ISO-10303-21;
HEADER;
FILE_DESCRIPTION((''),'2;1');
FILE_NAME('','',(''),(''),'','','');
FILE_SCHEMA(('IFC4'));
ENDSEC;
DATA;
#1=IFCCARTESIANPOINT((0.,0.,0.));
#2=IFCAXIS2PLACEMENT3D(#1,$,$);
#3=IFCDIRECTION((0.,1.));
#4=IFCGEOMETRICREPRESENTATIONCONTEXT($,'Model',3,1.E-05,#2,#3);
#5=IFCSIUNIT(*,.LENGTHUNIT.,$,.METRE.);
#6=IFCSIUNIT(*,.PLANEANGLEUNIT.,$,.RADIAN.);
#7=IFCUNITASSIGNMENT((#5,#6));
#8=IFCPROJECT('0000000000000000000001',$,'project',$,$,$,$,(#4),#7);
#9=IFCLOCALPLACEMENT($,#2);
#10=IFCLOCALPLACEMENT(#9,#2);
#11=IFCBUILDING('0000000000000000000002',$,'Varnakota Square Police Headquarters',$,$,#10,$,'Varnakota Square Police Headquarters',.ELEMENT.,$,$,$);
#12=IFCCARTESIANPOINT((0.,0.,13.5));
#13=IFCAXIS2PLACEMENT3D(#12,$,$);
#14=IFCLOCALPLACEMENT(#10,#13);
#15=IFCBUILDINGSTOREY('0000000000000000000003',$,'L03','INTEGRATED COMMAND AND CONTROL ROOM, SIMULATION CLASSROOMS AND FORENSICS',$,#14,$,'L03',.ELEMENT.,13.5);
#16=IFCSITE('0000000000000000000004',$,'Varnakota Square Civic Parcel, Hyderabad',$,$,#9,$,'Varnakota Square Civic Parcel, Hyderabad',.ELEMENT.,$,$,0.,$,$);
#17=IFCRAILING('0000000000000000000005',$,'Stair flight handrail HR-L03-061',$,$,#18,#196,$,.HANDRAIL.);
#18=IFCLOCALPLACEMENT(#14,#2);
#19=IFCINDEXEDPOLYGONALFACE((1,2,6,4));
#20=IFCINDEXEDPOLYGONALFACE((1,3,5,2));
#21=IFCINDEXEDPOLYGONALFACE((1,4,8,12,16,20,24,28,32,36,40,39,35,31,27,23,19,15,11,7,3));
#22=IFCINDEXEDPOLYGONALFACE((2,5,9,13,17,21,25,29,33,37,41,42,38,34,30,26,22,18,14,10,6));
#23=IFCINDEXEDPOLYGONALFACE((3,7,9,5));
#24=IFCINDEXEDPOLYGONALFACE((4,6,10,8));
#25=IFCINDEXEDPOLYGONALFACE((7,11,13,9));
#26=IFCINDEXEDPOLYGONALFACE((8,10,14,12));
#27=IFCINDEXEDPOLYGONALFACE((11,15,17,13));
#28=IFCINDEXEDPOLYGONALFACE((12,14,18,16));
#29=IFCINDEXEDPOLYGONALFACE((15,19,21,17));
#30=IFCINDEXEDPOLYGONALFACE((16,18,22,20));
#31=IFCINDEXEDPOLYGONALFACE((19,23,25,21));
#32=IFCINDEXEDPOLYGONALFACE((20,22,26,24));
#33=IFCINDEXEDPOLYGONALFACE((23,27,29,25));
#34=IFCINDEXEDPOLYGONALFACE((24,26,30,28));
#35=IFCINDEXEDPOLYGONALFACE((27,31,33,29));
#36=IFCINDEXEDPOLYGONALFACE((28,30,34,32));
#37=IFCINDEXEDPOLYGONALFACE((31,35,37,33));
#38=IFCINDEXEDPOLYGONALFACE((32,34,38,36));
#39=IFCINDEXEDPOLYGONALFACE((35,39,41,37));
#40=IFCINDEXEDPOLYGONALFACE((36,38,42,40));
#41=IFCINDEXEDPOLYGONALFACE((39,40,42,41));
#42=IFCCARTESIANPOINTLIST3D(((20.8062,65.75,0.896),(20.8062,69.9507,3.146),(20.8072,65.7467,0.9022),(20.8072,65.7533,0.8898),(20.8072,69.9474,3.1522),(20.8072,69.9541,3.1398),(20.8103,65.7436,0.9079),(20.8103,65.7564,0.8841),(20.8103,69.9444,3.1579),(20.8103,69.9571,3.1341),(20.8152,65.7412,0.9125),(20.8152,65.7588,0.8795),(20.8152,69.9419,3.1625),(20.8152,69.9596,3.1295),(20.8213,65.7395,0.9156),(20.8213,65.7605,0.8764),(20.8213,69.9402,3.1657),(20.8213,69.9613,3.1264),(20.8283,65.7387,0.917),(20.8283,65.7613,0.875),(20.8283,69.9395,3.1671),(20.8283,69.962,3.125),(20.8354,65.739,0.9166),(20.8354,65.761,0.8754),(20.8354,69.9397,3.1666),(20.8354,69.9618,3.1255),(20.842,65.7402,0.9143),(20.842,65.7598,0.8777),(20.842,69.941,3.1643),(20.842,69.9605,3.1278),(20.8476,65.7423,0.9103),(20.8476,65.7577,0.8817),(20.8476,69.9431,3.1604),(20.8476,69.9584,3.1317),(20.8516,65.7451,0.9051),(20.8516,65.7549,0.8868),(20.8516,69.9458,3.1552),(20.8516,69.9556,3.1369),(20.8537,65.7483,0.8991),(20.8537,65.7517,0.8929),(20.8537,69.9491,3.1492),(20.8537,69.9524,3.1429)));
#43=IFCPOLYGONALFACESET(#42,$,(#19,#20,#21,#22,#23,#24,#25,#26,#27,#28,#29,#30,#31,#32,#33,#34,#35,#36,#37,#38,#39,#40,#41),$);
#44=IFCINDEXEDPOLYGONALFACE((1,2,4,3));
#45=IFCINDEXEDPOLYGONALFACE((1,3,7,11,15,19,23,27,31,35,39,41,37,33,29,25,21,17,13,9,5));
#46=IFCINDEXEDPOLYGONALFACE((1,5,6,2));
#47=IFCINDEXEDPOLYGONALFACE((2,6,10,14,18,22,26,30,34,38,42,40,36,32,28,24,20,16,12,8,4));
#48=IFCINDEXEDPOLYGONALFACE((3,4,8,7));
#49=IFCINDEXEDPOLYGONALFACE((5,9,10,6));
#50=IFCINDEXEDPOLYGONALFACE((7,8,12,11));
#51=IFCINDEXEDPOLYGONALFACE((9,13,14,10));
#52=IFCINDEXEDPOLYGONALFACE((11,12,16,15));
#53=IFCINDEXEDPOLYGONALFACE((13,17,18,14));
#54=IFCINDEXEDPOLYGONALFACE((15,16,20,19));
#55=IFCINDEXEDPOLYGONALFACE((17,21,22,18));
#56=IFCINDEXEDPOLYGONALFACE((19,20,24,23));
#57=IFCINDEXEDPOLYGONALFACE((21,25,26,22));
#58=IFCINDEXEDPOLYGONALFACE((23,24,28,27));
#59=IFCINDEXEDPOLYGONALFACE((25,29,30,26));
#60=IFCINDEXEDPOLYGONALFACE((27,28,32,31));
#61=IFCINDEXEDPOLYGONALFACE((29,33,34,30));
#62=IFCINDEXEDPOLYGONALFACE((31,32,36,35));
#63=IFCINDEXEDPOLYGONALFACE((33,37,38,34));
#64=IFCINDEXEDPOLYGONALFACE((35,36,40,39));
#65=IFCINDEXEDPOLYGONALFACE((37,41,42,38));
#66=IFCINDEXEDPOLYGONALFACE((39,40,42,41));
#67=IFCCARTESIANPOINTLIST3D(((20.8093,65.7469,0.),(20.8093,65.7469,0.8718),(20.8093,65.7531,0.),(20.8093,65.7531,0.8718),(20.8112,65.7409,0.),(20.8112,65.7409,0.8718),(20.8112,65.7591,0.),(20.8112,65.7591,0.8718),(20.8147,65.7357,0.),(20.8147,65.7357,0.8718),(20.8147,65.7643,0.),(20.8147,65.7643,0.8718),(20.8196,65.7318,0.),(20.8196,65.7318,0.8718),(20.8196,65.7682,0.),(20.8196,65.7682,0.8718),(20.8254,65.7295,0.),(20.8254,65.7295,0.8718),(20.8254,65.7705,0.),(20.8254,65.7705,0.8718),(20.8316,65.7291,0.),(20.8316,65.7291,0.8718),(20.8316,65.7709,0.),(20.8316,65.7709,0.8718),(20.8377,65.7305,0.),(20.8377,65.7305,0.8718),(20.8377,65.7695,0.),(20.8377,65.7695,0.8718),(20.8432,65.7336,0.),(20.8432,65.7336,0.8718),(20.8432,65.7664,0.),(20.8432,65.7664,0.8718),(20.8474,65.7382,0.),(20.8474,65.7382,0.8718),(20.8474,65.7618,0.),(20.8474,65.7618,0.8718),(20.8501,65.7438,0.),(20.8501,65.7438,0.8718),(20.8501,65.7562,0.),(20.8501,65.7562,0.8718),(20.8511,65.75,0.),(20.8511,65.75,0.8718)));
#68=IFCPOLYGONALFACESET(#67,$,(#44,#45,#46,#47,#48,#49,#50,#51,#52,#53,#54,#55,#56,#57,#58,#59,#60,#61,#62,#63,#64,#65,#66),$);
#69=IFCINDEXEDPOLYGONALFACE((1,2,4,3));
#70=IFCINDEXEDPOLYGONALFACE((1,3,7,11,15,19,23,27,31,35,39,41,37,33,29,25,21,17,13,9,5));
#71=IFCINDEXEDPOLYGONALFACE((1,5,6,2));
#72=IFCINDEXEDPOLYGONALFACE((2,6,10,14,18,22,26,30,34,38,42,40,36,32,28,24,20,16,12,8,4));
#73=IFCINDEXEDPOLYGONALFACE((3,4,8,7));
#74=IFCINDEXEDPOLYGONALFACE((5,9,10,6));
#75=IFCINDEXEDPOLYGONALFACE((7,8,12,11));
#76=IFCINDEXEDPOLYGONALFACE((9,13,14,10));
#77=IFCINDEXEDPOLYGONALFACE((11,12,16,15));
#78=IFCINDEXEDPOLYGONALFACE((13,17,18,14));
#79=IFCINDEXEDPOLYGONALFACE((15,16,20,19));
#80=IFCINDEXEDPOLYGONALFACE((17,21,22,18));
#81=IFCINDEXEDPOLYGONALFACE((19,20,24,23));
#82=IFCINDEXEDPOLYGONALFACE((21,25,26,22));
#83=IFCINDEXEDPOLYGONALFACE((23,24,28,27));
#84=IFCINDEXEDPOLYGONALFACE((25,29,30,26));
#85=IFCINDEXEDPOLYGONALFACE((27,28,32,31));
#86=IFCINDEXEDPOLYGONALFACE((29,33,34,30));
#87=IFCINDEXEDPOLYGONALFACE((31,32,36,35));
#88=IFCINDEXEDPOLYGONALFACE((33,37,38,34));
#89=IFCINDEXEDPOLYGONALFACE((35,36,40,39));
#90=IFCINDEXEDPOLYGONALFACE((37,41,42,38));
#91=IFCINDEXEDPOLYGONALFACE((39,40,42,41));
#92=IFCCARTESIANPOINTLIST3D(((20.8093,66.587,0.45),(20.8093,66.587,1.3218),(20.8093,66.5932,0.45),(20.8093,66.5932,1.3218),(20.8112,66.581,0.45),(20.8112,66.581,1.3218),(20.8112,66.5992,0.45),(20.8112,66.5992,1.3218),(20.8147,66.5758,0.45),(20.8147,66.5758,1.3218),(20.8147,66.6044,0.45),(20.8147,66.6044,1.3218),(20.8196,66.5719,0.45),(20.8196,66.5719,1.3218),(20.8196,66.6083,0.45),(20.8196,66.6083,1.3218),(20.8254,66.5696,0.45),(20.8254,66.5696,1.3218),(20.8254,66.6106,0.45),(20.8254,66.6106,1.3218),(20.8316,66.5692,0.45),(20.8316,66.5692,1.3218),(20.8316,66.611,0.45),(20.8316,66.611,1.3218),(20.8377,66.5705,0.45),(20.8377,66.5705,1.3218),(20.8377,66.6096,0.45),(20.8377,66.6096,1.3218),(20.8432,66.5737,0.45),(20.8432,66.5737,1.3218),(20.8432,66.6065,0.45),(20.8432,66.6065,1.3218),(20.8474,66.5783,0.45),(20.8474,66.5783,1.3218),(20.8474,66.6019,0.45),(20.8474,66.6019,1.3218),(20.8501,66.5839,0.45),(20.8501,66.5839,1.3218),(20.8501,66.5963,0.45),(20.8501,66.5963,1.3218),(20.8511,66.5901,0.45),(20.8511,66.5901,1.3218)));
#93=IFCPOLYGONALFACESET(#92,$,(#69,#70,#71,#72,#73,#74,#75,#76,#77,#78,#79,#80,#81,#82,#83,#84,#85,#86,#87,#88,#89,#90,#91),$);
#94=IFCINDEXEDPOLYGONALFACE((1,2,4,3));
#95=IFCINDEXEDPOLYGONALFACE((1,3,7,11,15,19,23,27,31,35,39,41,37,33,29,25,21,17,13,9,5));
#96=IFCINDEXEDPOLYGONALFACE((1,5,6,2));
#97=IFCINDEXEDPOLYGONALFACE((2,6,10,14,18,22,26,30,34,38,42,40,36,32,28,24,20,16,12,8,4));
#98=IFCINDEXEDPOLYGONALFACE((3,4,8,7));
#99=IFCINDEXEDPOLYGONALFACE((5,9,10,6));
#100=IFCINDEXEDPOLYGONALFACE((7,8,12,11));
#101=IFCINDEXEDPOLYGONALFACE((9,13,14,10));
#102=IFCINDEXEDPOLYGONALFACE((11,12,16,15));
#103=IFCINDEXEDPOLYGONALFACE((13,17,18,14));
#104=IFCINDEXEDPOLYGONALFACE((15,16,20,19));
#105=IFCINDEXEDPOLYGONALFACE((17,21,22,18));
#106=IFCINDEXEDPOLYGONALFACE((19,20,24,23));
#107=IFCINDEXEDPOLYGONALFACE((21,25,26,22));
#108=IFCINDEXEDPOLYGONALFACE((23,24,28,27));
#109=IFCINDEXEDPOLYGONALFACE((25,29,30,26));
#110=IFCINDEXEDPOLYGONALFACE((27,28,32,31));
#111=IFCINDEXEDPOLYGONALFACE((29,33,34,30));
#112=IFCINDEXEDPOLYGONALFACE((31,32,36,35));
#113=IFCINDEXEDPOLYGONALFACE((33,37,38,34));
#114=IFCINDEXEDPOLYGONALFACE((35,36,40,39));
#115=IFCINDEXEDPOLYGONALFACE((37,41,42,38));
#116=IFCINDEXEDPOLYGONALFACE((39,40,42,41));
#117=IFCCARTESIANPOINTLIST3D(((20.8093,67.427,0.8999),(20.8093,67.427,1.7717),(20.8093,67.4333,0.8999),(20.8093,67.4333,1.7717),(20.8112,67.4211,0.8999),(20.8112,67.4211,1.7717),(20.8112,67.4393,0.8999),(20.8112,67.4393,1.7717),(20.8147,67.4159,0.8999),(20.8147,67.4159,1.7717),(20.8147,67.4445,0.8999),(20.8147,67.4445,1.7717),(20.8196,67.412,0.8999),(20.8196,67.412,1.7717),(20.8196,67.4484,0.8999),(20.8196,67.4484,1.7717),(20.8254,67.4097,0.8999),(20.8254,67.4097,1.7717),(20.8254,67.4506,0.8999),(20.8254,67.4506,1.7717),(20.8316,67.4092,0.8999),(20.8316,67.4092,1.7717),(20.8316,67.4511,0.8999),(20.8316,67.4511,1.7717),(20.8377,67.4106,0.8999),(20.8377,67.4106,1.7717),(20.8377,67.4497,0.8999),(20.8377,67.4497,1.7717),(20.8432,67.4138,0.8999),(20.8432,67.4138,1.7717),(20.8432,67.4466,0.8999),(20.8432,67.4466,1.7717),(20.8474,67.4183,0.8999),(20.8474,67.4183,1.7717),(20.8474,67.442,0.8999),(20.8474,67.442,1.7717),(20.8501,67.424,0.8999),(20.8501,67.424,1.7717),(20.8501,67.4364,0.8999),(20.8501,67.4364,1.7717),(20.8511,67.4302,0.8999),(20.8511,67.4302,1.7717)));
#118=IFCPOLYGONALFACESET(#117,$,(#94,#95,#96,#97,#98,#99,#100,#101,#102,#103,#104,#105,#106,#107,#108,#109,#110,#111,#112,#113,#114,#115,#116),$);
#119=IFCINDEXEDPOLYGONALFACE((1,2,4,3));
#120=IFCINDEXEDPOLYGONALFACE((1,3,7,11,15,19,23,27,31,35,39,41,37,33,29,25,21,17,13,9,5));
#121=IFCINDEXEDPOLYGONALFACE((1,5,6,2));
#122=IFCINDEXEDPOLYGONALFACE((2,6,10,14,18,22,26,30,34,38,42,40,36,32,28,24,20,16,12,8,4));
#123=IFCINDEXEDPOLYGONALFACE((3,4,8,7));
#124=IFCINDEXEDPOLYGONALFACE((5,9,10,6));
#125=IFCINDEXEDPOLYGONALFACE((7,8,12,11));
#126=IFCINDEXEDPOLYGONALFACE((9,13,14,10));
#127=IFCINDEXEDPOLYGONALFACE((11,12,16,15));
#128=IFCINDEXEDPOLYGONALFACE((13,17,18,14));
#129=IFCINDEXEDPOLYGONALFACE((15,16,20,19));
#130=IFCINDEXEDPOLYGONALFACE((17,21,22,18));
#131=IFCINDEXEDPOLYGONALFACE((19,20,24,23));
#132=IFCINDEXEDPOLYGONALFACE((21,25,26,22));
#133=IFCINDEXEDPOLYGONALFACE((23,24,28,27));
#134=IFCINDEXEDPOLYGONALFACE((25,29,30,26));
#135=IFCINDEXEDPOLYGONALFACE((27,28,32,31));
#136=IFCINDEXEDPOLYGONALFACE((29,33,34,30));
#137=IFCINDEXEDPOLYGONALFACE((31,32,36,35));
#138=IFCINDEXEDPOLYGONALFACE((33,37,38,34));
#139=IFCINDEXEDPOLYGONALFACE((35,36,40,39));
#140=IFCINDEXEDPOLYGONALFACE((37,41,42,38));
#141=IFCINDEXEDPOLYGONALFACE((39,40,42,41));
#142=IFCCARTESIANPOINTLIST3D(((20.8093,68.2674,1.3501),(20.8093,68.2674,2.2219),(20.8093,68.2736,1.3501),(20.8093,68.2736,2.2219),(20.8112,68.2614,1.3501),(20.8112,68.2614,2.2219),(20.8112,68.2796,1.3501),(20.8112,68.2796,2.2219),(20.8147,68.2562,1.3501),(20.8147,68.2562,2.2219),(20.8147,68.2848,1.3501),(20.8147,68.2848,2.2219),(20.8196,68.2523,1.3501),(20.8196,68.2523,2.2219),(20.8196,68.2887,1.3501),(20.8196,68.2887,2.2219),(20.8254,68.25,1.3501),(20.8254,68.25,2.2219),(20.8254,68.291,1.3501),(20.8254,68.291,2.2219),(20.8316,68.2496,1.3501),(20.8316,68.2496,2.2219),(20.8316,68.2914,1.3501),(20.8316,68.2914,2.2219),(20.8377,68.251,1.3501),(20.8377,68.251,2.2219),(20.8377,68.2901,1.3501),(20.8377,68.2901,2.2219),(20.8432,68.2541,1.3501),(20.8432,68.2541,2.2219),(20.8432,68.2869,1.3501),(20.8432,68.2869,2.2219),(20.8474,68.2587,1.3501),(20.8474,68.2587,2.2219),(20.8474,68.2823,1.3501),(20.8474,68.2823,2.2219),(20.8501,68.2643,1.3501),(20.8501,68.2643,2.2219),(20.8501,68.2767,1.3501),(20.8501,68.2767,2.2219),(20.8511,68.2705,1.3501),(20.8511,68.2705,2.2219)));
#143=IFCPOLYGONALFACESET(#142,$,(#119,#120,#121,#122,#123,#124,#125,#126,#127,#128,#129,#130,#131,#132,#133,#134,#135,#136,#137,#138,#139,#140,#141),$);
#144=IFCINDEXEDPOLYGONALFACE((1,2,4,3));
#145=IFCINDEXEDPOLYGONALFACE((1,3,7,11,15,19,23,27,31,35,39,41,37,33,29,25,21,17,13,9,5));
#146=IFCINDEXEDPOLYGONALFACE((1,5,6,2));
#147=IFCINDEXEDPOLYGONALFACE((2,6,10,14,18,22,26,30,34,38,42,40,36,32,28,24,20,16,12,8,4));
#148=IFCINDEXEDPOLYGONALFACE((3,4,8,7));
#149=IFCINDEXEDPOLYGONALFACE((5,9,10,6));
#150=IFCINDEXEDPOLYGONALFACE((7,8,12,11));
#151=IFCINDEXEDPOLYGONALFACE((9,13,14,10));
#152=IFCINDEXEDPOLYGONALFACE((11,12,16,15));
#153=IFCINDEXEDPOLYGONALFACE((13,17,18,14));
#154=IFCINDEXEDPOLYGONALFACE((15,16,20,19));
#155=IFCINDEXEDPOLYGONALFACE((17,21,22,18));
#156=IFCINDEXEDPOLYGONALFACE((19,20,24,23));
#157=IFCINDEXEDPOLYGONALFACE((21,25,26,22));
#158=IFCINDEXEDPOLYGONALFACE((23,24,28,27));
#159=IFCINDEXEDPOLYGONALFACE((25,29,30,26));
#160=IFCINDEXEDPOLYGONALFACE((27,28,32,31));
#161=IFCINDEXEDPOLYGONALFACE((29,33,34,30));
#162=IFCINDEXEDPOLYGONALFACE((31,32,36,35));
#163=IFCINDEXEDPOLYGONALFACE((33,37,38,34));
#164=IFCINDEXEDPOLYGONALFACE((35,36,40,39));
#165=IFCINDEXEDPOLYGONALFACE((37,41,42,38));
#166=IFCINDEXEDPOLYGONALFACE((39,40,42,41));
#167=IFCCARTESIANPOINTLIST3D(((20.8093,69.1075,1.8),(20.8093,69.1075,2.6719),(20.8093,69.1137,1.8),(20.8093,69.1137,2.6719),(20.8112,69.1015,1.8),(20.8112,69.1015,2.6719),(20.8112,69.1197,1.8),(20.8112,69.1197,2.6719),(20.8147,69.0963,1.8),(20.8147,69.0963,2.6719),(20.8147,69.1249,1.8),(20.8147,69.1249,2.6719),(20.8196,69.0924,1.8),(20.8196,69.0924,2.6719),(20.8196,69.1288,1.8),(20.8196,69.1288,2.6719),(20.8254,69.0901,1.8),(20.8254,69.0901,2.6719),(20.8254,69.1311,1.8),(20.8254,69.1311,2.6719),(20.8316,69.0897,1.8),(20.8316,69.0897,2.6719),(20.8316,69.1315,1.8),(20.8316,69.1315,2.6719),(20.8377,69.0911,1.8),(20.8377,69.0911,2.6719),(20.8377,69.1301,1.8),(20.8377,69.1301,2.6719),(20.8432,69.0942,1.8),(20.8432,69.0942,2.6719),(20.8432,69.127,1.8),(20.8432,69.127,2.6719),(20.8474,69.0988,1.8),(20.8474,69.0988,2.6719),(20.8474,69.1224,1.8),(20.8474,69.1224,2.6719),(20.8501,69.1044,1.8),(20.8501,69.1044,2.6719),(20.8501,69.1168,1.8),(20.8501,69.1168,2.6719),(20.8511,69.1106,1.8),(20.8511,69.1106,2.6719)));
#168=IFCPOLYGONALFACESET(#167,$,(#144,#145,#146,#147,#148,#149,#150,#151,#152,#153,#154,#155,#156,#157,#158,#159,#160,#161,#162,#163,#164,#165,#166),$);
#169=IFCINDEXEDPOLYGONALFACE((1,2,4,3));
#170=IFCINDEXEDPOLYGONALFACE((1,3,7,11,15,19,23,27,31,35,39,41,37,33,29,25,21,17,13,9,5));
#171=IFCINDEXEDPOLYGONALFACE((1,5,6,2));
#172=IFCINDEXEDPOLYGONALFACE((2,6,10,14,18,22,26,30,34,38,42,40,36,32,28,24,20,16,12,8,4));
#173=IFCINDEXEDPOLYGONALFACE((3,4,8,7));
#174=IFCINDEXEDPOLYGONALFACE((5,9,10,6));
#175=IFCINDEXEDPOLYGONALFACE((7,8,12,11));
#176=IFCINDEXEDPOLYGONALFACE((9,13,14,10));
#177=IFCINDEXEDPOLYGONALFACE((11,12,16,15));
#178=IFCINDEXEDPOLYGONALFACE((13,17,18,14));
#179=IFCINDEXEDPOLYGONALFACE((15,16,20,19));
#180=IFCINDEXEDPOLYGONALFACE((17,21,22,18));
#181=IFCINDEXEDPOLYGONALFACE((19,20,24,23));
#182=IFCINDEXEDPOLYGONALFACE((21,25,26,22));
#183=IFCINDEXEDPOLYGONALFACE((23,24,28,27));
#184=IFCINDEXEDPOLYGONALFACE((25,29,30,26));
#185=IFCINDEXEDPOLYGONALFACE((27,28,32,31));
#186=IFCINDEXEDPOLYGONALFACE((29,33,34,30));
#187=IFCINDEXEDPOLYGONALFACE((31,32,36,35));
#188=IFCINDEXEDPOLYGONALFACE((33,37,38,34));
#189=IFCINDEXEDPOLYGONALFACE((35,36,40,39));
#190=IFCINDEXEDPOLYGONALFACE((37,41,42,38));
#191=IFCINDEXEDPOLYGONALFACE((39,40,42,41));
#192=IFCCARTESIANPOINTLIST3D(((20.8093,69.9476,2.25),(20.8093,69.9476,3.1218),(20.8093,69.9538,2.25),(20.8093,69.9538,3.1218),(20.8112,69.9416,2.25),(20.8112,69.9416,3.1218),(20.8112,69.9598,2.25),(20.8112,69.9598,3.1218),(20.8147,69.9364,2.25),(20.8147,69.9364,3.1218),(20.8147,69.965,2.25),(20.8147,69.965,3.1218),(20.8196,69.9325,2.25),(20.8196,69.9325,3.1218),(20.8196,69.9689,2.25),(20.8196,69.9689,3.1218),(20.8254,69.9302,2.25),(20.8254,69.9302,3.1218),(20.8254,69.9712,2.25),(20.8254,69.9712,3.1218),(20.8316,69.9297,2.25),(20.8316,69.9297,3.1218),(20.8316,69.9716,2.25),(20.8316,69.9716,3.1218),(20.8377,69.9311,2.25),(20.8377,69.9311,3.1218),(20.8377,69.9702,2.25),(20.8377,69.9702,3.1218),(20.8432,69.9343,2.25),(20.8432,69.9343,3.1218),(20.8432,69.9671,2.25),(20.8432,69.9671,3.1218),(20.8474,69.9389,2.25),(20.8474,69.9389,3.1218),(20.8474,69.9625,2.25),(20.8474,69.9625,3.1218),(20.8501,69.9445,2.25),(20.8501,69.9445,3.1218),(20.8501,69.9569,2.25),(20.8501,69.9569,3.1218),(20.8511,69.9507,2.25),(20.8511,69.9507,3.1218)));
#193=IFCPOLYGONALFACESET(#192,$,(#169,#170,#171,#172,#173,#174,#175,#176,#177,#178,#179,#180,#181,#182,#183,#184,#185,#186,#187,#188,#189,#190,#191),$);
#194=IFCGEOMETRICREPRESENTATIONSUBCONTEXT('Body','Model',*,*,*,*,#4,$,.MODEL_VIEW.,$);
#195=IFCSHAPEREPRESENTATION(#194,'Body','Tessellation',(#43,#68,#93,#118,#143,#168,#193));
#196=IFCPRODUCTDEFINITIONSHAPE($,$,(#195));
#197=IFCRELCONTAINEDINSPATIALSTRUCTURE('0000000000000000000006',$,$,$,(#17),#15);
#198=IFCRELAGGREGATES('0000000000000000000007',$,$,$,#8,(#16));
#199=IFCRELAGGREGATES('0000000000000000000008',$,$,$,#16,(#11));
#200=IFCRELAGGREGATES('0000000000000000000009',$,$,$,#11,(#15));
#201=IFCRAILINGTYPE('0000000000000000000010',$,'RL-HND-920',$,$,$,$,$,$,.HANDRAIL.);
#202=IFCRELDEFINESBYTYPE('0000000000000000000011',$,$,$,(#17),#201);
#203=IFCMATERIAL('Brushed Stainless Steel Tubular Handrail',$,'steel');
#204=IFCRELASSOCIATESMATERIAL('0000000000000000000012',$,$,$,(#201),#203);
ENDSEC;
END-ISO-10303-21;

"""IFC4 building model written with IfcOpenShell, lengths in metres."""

from ifc_helpers import new_model, si_unit, direction, frame, origin, origin_2d, place, context, subcontext, project, spatial, circle, extrude, material, type_object, element, save


model = new_model("IFC4")

# Units and contexts
model_context = context("Model", 3, precision=1e-05, world=origin(), true_north=direction((0.0, 1.0)))
body_context = subcontext(model_context, "Body", "Model", "MODEL_VIEW")
ifc_project = project(units=[si_unit("LENGTHUNIT", "METRE"), si_unit("PLANEANGLEUNIT", "RADIAN")], contexts=[model_context])

# Site, building, storey
site_placement = place(None, origin())
site = spatial("IfcSite", under=ifc_project, at=site_placement, Name="Varnakota Square Civic Parcel, Hyderabad", LongName="Varnakota Square Civic Parcel, Hyderabad", CompositionType="ELEMENT", RefElevation=0.0)
building_placement = place(site_placement, origin())
building = spatial("IfcBuilding", under=site, at=building_placement, Name="Varnakota Square Police Headquarters", LongName="Varnakota Square Police Headquarters", CompositionType="ELEMENT")
storey_placement = place(building_placement, frame((0.0, 0.0, 13.5)))
storey = spatial("IfcBuildingStorey", under=building, at=storey_placement, Name="L03", Description="INTEGRATED COMMAND AND CONTROL ROOM, SIMULATION CLASSROOMS AND FORENSICS", LongName="L03", CompositionType="ELEMENT", Elevation=13.5)

# Railing
ifc_material_1 = material(Name="Brushed Stainless Steel Tubular Handrail", Category="steel")
railing_type_1 = type_object("IfcRailingType", Name="RL-HND-920", PredefinedType="HANDRAIL", material=ifc_material_1)
railing_1_placement = place(storey_placement, frame((20.8301, 65.75, 0.0)))
element("IfcRailing", 1, at=railing_1_placement, inside=storey, type_object=railing_type_1, Name="Stair flight handrail HR-L03-061", PredefinedType="HANDRAIL", context=body_context, shape_type="SweptSolid", body=[
    extrude(circle(Radius=0.0239, at=origin_2d()), frame((0.0, 0.0, 0.896), z_axis=(0.0, 0.881512, 0.472162), x_axis=(-1.0, 0.0, 0.0)), (0.0, 0.0, 1.0), 4.7654),
    extrude(circle(Radius=0.021, at=origin_2d()), origin(), (0.0, 0.0, 1.0), 0.8718),
    extrude(circle(Radius=0.021, at=origin_2d()), frame((0.0, 0.8401, 0.45)), (0.0, 0.0, 1.0), 0.8718),
    extrude(circle(Radius=0.021, at=origin_2d()), frame((0.0, 1.6802, 0.8999)), (0.0, 0.0, 1.0), 0.8718),
    extrude(circle(Radius=0.021, at=origin_2d()), frame((0.0, 2.5205, 1.3501)), (0.0, 0.0, 1.0), 0.8718),
    extrude(circle(Radius=0.021, at=origin_2d()), frame((0.0, 3.3606, 1.8)), (0.0, 0.0, 1.0), 0.8718),
    extrude(circle(Radius=0.021, at=origin_2d()), frame((0.0, 4.2007, 2.25)), (0.0, 0.0, 1.0), 0.8718),
])

save(model, "model.ifc")
